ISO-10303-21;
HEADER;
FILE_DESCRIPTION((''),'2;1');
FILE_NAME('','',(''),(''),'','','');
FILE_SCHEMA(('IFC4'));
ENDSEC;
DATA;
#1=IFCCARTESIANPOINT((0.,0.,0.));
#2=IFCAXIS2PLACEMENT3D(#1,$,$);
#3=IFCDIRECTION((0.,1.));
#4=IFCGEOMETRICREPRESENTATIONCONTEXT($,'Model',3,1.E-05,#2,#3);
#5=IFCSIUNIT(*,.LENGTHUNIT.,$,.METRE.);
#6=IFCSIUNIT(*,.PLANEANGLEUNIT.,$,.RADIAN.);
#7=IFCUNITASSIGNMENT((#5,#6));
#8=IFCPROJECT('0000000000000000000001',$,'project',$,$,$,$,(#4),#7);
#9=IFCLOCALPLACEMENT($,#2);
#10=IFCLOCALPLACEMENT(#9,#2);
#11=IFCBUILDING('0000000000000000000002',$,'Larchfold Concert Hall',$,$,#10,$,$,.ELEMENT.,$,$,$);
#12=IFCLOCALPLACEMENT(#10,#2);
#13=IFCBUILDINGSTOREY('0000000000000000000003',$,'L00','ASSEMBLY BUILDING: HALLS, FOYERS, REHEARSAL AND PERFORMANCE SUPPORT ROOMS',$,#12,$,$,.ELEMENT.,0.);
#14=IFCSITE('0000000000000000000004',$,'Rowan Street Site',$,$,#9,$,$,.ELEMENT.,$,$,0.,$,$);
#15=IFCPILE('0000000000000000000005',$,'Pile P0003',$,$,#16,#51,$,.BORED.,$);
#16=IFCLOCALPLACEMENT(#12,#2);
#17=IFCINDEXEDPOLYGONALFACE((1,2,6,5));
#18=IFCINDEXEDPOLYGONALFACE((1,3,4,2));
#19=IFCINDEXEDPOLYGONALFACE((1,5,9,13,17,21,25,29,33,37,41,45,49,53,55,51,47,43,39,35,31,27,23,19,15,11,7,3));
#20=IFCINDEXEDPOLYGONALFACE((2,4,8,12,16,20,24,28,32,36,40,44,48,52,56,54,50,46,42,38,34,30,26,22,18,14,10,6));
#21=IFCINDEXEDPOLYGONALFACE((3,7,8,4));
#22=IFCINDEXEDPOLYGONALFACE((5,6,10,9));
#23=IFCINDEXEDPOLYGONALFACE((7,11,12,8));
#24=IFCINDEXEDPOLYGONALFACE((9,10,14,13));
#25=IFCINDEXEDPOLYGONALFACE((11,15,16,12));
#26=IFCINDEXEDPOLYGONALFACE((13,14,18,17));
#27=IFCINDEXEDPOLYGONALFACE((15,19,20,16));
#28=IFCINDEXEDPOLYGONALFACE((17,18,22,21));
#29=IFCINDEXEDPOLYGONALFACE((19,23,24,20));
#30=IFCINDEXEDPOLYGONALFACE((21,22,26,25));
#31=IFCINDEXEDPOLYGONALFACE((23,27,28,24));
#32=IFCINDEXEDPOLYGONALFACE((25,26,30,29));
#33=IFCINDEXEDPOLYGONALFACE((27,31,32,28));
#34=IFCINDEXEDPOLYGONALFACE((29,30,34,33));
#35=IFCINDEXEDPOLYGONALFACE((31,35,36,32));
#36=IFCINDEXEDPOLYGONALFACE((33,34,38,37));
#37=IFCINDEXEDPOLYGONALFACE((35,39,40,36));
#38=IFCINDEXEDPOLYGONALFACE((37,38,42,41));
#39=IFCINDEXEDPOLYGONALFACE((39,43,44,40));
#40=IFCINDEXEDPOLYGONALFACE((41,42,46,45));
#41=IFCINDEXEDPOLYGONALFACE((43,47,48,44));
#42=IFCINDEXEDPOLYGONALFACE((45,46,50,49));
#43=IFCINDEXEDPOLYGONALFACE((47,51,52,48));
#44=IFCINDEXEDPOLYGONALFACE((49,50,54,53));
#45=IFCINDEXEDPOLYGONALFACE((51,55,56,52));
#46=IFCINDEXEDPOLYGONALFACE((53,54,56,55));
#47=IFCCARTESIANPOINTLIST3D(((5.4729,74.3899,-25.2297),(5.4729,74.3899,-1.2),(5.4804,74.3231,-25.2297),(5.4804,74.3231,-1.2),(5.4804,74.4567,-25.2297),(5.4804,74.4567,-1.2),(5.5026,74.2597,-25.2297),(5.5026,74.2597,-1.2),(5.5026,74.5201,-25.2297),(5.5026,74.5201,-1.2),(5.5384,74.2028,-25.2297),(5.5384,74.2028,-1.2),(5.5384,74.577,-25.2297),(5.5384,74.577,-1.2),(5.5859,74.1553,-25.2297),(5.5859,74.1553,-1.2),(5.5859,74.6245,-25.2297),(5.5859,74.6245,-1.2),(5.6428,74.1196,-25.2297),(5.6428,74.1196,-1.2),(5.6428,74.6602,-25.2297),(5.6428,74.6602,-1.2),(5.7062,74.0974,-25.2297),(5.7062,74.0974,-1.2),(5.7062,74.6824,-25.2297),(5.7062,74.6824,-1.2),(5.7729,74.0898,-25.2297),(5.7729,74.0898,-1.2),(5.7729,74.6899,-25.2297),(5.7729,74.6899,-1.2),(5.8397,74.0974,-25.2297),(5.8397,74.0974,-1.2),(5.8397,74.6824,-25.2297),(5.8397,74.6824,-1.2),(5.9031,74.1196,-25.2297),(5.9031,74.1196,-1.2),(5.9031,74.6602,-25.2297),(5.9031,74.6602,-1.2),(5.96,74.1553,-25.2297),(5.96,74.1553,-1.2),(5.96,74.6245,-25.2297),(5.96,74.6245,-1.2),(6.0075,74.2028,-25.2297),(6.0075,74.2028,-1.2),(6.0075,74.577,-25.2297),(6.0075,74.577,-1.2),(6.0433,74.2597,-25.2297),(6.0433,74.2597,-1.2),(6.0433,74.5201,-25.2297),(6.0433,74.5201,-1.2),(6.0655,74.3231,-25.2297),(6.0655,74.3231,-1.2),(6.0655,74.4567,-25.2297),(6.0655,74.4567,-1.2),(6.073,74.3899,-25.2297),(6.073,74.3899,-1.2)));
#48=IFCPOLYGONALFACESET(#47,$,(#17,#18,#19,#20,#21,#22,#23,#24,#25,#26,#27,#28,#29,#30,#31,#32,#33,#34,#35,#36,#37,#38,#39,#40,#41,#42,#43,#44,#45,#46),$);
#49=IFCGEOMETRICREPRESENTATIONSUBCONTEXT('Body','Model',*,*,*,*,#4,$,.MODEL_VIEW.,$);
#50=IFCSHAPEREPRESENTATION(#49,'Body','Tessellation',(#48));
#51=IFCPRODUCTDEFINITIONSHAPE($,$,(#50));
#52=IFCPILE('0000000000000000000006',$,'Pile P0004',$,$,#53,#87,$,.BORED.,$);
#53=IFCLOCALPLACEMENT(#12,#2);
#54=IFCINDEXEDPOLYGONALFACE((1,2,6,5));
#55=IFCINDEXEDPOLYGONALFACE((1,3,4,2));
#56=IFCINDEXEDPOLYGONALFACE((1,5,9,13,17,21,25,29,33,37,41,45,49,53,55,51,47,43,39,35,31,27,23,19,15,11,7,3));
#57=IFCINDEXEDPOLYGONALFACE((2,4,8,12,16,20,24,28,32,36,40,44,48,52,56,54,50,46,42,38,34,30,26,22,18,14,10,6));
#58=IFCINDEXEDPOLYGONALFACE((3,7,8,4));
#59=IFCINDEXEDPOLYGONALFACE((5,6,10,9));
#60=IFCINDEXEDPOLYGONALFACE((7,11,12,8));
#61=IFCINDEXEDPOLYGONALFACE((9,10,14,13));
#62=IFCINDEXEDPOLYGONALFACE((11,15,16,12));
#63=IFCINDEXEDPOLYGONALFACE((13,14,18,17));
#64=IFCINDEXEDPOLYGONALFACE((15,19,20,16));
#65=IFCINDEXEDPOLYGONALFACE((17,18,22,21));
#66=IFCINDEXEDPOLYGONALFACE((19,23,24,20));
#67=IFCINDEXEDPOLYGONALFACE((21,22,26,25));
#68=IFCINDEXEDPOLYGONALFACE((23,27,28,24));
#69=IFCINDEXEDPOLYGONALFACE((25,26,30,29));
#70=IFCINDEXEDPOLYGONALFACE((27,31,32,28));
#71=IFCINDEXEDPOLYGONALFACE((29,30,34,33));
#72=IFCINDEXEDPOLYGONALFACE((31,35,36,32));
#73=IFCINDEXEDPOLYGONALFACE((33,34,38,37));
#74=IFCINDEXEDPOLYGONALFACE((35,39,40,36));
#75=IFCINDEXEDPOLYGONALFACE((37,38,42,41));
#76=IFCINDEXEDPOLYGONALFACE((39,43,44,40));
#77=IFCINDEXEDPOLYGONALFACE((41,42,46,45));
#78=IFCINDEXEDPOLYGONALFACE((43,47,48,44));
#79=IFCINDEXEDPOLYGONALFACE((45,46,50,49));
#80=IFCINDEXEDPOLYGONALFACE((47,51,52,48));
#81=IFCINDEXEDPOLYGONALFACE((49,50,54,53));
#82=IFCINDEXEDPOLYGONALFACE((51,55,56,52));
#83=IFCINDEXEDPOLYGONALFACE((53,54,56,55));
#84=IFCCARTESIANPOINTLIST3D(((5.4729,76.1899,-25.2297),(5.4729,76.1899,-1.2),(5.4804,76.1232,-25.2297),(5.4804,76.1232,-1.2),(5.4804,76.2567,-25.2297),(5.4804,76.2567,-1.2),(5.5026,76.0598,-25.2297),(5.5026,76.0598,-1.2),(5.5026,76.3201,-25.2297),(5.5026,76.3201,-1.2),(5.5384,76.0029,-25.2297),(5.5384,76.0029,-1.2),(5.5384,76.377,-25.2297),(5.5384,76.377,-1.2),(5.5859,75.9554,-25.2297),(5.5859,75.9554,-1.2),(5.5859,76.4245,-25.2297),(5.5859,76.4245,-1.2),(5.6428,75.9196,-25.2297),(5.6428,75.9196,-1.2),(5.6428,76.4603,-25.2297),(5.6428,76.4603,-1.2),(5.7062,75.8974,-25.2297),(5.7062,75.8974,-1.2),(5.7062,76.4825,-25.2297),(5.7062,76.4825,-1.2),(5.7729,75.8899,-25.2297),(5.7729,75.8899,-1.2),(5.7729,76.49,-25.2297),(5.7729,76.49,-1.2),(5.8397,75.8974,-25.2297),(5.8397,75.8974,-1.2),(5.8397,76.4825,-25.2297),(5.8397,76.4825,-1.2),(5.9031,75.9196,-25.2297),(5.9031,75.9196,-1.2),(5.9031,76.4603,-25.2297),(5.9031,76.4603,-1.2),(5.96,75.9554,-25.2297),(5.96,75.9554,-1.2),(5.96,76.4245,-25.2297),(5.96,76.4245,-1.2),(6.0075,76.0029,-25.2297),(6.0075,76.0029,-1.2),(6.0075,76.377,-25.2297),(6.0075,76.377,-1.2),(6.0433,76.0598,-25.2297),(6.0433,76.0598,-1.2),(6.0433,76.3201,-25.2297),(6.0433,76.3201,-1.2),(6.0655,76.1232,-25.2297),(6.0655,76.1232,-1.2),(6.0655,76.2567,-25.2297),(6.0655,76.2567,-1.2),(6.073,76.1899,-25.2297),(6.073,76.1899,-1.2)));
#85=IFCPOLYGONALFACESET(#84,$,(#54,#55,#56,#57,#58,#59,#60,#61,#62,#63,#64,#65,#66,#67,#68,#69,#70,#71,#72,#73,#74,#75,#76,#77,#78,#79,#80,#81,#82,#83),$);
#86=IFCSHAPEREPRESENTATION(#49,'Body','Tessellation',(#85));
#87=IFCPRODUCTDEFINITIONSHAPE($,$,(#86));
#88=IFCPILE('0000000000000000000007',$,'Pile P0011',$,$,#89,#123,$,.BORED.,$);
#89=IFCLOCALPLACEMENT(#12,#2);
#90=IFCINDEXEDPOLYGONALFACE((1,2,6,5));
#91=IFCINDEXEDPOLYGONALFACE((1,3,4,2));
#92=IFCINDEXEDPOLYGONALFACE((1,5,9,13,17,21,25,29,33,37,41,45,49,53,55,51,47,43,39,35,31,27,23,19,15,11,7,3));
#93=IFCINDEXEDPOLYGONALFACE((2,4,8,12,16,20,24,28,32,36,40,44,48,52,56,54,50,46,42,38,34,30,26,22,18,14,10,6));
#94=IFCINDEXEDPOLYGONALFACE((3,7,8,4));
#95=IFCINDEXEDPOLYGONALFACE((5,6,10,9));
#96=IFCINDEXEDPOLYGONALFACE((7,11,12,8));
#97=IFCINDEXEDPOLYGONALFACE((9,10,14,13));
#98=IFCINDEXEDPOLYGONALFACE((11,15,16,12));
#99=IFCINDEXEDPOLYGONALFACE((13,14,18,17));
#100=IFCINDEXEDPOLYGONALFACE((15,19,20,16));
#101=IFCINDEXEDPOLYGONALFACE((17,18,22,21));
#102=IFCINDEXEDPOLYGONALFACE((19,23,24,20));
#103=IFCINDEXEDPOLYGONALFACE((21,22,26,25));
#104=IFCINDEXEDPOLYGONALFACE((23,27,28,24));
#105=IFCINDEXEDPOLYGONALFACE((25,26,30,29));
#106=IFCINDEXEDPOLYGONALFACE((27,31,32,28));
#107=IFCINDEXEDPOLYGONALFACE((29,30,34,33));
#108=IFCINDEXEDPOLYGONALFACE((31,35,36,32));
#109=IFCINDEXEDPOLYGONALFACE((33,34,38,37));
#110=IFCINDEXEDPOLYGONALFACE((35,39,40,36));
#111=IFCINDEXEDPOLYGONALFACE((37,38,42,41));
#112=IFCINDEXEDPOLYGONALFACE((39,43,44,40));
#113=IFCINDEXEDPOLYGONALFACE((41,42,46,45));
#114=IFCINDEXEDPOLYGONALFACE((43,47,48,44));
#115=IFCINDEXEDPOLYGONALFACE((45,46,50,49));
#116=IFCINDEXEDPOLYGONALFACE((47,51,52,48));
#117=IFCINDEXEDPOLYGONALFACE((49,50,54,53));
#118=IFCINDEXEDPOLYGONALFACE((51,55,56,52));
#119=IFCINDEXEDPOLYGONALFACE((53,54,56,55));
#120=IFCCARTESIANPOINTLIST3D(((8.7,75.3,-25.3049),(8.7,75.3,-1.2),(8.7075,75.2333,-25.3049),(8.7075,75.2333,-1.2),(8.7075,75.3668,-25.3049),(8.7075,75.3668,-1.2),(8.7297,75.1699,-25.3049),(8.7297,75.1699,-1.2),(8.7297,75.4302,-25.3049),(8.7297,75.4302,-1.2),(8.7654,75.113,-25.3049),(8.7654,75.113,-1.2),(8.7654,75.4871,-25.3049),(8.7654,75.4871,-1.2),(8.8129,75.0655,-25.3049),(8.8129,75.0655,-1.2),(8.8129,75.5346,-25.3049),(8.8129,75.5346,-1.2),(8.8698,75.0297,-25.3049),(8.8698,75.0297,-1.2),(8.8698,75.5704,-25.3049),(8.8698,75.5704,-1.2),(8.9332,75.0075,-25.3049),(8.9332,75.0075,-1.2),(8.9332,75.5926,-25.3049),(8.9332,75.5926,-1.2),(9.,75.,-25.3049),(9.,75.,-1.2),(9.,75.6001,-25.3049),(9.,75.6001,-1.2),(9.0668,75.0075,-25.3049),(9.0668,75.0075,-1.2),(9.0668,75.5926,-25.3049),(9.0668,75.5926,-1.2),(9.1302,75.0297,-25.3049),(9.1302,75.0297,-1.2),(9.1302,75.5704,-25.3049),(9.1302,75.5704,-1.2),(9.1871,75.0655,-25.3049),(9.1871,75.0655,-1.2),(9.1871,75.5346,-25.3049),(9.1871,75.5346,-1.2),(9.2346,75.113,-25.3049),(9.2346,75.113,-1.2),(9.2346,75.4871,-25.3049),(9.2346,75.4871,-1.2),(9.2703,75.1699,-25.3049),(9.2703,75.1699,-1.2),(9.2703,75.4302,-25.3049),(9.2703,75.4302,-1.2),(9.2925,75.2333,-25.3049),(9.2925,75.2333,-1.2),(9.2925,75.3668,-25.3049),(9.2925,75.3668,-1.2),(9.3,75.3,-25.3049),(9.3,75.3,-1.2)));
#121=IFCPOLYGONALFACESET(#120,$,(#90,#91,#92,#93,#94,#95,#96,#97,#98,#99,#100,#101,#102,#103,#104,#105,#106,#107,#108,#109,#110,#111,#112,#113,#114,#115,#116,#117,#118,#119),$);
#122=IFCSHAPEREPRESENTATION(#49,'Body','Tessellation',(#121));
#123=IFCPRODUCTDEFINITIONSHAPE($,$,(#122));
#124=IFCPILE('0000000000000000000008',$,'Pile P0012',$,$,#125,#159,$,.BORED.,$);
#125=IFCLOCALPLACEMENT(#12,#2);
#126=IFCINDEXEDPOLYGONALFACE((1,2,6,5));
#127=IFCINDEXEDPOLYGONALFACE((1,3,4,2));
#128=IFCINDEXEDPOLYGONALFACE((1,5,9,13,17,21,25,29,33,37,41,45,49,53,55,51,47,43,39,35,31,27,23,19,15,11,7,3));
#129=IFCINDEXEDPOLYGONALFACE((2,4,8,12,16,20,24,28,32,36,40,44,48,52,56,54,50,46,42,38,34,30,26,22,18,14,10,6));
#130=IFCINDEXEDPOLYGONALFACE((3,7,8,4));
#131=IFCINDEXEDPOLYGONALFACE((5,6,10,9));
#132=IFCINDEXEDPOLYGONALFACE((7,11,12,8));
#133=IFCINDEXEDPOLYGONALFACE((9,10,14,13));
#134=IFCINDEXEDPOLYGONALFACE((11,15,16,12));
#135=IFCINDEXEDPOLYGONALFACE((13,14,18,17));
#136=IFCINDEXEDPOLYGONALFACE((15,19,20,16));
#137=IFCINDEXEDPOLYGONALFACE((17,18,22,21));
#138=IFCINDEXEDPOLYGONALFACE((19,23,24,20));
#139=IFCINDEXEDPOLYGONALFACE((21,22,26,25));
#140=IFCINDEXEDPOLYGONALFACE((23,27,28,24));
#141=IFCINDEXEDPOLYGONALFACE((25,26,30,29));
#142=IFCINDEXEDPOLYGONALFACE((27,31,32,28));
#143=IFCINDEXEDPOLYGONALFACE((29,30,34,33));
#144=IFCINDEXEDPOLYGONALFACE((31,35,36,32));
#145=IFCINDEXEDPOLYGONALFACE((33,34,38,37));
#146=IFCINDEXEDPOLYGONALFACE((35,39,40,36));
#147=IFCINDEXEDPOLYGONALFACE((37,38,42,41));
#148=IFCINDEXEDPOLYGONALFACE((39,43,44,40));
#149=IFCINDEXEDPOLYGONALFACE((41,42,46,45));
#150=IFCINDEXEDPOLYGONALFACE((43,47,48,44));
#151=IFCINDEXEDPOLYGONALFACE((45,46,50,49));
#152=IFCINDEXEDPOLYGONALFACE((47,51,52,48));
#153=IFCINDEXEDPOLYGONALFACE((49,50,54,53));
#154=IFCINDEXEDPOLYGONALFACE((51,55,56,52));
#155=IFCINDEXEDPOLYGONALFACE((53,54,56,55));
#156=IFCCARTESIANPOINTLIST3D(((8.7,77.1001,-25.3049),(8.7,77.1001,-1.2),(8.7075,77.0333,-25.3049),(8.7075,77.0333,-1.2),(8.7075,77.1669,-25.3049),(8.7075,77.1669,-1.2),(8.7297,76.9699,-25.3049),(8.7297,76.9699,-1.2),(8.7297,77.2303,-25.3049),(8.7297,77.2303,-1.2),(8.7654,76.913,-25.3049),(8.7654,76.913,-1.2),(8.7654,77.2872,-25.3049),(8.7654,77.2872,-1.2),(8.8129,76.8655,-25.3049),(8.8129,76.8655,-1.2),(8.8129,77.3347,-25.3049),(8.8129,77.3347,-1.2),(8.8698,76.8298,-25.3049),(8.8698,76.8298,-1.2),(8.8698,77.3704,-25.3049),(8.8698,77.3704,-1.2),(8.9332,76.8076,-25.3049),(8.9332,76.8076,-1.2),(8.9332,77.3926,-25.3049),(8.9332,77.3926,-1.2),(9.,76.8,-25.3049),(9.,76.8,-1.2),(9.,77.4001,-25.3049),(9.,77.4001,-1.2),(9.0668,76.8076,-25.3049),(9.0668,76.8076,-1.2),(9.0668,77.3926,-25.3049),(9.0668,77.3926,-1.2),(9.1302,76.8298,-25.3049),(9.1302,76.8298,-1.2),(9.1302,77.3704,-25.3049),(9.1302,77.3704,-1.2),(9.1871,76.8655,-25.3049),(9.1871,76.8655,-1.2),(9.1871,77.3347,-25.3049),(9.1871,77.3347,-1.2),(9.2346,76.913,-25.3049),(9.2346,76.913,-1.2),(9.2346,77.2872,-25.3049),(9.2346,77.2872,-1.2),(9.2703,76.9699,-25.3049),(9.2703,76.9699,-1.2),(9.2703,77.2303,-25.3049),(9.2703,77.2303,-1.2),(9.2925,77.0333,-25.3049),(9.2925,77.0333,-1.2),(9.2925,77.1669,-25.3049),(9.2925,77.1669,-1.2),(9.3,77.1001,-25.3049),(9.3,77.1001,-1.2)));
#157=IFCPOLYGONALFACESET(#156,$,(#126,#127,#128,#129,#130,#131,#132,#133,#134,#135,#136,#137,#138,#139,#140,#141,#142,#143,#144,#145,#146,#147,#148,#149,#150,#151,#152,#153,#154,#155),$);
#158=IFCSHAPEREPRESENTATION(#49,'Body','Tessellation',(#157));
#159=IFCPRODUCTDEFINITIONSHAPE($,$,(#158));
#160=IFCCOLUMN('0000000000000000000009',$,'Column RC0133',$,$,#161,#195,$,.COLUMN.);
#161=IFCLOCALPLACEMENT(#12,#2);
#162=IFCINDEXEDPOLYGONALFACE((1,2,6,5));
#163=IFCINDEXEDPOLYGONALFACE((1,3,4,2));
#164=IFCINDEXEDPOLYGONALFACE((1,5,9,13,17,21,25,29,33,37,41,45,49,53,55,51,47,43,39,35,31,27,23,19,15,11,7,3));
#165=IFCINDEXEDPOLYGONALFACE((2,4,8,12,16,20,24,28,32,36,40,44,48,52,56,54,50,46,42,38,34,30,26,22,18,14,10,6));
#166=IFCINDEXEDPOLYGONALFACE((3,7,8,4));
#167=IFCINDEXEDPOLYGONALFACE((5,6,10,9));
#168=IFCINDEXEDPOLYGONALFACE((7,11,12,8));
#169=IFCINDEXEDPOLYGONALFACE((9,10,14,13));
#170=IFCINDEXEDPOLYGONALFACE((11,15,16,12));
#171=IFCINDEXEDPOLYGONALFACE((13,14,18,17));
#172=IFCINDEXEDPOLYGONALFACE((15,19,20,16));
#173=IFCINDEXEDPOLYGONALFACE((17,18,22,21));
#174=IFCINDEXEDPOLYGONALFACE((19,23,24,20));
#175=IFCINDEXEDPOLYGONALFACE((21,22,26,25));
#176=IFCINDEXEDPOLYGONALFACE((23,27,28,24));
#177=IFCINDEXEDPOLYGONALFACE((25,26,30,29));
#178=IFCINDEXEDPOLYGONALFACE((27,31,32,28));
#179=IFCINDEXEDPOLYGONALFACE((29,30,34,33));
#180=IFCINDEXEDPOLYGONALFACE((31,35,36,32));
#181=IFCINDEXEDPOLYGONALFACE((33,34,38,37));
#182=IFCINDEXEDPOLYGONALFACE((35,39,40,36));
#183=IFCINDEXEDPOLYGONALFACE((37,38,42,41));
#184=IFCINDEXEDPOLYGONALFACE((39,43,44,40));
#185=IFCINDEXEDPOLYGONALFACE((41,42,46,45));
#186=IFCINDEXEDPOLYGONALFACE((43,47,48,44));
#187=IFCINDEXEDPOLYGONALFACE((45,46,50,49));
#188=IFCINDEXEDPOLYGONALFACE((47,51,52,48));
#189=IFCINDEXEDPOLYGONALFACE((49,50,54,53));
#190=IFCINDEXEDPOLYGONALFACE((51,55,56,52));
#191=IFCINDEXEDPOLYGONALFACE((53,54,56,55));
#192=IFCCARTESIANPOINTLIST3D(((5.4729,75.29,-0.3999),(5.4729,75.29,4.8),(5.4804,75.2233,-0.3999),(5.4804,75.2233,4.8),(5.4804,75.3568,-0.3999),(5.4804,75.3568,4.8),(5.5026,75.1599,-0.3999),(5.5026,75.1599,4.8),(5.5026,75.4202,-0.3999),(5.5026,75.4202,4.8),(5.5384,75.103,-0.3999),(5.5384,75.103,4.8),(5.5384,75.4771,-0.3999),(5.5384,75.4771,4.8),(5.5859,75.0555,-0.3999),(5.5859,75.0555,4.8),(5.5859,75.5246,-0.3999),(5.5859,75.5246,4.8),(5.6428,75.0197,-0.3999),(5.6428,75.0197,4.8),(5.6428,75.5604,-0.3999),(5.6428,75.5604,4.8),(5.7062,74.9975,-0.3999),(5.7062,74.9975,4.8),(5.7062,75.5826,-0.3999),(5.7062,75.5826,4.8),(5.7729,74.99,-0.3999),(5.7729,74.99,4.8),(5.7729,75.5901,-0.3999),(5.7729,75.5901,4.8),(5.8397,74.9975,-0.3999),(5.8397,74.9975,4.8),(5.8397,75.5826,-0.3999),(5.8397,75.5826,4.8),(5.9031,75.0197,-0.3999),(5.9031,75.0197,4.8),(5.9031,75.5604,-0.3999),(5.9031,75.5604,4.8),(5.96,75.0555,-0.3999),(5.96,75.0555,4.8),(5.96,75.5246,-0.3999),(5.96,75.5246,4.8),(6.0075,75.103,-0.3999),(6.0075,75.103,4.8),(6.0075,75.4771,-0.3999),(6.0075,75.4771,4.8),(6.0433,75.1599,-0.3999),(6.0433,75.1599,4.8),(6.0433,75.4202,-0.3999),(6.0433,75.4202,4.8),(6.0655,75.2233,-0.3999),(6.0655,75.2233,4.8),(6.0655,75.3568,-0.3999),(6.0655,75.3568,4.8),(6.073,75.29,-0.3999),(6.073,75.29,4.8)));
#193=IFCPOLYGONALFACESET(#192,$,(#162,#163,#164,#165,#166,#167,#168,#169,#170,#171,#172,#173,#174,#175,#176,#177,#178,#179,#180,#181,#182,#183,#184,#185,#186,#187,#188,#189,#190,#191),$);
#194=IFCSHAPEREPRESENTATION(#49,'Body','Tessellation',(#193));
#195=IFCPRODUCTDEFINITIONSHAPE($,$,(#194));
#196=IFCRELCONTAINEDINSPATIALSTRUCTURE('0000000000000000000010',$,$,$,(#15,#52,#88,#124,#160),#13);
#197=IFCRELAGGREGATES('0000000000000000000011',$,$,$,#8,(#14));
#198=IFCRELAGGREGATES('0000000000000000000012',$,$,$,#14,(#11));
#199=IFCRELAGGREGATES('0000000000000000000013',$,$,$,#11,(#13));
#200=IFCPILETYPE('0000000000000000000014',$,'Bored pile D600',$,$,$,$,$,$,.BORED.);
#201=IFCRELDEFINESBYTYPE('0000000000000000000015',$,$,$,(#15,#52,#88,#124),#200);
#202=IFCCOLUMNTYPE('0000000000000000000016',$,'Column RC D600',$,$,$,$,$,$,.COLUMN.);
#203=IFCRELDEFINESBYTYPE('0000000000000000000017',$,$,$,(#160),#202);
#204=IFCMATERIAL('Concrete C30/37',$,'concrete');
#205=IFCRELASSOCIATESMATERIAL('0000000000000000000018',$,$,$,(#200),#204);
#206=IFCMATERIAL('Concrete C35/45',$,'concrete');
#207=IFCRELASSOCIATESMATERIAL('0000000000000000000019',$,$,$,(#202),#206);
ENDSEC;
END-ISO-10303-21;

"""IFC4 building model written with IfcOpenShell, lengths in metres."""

from ifc_helpers import new_model, si_unit, direction, frame, origin, origin_2d, place, context, subcontext, project, spatial, circle, extrude, material, material_profile, profile_set, type_object, element, save


model = new_model("IFC4")

# Units and contexts
model_context = context("Model", 3, precision=1e-05, world=origin(), true_north=direction((0.0, 1.0)))
body_context = subcontext(model_context, "Body", "Model", "MODEL_VIEW")
ifc_project = project(units=[si_unit("LENGTHUNIT", "METRE"), si_unit("PLANEANGLEUNIT", "RADIAN")], contexts=[model_context])

# Site, building, storey
site_placement = place(None, origin())
site = spatial("IfcSite", under=ifc_project, at=site_placement, Name="Rowan Street Site", CompositionType="ELEMENT", RefElevation=0.0)
building_placement = place(site_placement, origin())
building = spatial("IfcBuilding", under=site, at=building_placement, Name="Larchfold Concert Hall", CompositionType="ELEMENT")
storey_placement = place(building_placement, origin())
storey = spatial("IfcBuildingStorey", under=building, at=storey_placement, Name="L00", Description="ASSEMBLY BUILDING: HALLS, FOYERS, REHEARSAL AND PERFORMANCE SUPPORT ROOMS", CompositionType="ELEMENT", Elevation=0.0)

# Piles
ifc_material_1 = material(Name="Concrete C30/37", Category="concrete")
ifc_material_profile_1 = material_profile(ifc_material_1, circle(Radius=0.3, at=origin_2d()))
ifc_profile_set_1 = profile_set([ifc_material_profile_1], Name="Concrete C30/37")
pile_type = type_object("IfcPileType", Name="Bored pile D600", PredefinedType="BORED", material=ifc_profile_set_1)
for number, where, z_axis, x_axis, name in (
    (1, (5.7729, 74.3899, -1.2), (0.0, 0.0, -1.0), (1.0, 0.0, 0.0), "Pile P0003"),
    (2, (5.7729, 76.1899, -1.2), (0.0, 0.0, -1.0), (1.0, 0.0, 0.0), "Pile P0004"),
):
    element("IfcPile", number, at=place(storey_placement, frame(where, z_axis=z_axis, x_axis=x_axis)), inside=storey, type_object=pile_type, Name=name, PredefinedType="BORED", context=body_context, shape_type="SweptSolid", body=[
        extrude(circle(Radius=0.3, at=origin_2d()), origin(), (0.0, 0.0, 1.0), 24.0298),
    ])
for number, where, z_axis, x_axis, name in (
    (3, (9.0, 75.3, -1.2), (0.0, 0.0, -1.0), (1.0, 0.0, 0.0), "Pile P0011"),
    (4, (9.0, 77.1001, -1.2), (0.0, 0.0, -1.0), (1.0, 0.0, 0.0), "Pile P0012"),
):
    element("IfcPile", number, at=place(storey_placement, frame(where, z_axis=z_axis, x_axis=x_axis)), inside=storey, type_object=pile_type, Name=name, PredefinedType="BORED", context=body_context, shape_type="SweptSolid", body=[
        extrude(circle(Radius=0.3, at=origin_2d()), origin(), (0.0, 0.0, 1.0), 24.105),
    ])

# Column
ifc_material_2 = material(Name="Concrete C35/45", Category="concrete")
ifc_material_profile_2 = material_profile(ifc_material_2, circle(Radius=0.3, at=origin_2d()))
ifc_profile_set_2 = profile_set([ifc_material_profile_2], Name="Concrete C35/45")
column_type = type_object("IfcColumnType", Name="Column RC D600", PredefinedType="COLUMN", material=ifc_profile_set_2)
for number, where, z_axis, x_axis, name in (
    (5, (5.7729, 75.29, -0.3999), (0.0, 0.0, 1.0), (1.0, 0.0, 0.0), "Column RC0133"),
):
    element("IfcColumn", number, at=place(storey_placement, frame(where, z_axis=z_axis, x_axis=x_axis)), inside=storey, type_object=column_type, Name=name, PredefinedType="COLUMN", context=body_context, shape_type="SweptSolid", body=[
        extrude(circle(Radius=0.3, at=origin_2d()), origin(), (0.0, 0.0, 1.0), 5.2),
    ])

save(model, "model.ifc")
